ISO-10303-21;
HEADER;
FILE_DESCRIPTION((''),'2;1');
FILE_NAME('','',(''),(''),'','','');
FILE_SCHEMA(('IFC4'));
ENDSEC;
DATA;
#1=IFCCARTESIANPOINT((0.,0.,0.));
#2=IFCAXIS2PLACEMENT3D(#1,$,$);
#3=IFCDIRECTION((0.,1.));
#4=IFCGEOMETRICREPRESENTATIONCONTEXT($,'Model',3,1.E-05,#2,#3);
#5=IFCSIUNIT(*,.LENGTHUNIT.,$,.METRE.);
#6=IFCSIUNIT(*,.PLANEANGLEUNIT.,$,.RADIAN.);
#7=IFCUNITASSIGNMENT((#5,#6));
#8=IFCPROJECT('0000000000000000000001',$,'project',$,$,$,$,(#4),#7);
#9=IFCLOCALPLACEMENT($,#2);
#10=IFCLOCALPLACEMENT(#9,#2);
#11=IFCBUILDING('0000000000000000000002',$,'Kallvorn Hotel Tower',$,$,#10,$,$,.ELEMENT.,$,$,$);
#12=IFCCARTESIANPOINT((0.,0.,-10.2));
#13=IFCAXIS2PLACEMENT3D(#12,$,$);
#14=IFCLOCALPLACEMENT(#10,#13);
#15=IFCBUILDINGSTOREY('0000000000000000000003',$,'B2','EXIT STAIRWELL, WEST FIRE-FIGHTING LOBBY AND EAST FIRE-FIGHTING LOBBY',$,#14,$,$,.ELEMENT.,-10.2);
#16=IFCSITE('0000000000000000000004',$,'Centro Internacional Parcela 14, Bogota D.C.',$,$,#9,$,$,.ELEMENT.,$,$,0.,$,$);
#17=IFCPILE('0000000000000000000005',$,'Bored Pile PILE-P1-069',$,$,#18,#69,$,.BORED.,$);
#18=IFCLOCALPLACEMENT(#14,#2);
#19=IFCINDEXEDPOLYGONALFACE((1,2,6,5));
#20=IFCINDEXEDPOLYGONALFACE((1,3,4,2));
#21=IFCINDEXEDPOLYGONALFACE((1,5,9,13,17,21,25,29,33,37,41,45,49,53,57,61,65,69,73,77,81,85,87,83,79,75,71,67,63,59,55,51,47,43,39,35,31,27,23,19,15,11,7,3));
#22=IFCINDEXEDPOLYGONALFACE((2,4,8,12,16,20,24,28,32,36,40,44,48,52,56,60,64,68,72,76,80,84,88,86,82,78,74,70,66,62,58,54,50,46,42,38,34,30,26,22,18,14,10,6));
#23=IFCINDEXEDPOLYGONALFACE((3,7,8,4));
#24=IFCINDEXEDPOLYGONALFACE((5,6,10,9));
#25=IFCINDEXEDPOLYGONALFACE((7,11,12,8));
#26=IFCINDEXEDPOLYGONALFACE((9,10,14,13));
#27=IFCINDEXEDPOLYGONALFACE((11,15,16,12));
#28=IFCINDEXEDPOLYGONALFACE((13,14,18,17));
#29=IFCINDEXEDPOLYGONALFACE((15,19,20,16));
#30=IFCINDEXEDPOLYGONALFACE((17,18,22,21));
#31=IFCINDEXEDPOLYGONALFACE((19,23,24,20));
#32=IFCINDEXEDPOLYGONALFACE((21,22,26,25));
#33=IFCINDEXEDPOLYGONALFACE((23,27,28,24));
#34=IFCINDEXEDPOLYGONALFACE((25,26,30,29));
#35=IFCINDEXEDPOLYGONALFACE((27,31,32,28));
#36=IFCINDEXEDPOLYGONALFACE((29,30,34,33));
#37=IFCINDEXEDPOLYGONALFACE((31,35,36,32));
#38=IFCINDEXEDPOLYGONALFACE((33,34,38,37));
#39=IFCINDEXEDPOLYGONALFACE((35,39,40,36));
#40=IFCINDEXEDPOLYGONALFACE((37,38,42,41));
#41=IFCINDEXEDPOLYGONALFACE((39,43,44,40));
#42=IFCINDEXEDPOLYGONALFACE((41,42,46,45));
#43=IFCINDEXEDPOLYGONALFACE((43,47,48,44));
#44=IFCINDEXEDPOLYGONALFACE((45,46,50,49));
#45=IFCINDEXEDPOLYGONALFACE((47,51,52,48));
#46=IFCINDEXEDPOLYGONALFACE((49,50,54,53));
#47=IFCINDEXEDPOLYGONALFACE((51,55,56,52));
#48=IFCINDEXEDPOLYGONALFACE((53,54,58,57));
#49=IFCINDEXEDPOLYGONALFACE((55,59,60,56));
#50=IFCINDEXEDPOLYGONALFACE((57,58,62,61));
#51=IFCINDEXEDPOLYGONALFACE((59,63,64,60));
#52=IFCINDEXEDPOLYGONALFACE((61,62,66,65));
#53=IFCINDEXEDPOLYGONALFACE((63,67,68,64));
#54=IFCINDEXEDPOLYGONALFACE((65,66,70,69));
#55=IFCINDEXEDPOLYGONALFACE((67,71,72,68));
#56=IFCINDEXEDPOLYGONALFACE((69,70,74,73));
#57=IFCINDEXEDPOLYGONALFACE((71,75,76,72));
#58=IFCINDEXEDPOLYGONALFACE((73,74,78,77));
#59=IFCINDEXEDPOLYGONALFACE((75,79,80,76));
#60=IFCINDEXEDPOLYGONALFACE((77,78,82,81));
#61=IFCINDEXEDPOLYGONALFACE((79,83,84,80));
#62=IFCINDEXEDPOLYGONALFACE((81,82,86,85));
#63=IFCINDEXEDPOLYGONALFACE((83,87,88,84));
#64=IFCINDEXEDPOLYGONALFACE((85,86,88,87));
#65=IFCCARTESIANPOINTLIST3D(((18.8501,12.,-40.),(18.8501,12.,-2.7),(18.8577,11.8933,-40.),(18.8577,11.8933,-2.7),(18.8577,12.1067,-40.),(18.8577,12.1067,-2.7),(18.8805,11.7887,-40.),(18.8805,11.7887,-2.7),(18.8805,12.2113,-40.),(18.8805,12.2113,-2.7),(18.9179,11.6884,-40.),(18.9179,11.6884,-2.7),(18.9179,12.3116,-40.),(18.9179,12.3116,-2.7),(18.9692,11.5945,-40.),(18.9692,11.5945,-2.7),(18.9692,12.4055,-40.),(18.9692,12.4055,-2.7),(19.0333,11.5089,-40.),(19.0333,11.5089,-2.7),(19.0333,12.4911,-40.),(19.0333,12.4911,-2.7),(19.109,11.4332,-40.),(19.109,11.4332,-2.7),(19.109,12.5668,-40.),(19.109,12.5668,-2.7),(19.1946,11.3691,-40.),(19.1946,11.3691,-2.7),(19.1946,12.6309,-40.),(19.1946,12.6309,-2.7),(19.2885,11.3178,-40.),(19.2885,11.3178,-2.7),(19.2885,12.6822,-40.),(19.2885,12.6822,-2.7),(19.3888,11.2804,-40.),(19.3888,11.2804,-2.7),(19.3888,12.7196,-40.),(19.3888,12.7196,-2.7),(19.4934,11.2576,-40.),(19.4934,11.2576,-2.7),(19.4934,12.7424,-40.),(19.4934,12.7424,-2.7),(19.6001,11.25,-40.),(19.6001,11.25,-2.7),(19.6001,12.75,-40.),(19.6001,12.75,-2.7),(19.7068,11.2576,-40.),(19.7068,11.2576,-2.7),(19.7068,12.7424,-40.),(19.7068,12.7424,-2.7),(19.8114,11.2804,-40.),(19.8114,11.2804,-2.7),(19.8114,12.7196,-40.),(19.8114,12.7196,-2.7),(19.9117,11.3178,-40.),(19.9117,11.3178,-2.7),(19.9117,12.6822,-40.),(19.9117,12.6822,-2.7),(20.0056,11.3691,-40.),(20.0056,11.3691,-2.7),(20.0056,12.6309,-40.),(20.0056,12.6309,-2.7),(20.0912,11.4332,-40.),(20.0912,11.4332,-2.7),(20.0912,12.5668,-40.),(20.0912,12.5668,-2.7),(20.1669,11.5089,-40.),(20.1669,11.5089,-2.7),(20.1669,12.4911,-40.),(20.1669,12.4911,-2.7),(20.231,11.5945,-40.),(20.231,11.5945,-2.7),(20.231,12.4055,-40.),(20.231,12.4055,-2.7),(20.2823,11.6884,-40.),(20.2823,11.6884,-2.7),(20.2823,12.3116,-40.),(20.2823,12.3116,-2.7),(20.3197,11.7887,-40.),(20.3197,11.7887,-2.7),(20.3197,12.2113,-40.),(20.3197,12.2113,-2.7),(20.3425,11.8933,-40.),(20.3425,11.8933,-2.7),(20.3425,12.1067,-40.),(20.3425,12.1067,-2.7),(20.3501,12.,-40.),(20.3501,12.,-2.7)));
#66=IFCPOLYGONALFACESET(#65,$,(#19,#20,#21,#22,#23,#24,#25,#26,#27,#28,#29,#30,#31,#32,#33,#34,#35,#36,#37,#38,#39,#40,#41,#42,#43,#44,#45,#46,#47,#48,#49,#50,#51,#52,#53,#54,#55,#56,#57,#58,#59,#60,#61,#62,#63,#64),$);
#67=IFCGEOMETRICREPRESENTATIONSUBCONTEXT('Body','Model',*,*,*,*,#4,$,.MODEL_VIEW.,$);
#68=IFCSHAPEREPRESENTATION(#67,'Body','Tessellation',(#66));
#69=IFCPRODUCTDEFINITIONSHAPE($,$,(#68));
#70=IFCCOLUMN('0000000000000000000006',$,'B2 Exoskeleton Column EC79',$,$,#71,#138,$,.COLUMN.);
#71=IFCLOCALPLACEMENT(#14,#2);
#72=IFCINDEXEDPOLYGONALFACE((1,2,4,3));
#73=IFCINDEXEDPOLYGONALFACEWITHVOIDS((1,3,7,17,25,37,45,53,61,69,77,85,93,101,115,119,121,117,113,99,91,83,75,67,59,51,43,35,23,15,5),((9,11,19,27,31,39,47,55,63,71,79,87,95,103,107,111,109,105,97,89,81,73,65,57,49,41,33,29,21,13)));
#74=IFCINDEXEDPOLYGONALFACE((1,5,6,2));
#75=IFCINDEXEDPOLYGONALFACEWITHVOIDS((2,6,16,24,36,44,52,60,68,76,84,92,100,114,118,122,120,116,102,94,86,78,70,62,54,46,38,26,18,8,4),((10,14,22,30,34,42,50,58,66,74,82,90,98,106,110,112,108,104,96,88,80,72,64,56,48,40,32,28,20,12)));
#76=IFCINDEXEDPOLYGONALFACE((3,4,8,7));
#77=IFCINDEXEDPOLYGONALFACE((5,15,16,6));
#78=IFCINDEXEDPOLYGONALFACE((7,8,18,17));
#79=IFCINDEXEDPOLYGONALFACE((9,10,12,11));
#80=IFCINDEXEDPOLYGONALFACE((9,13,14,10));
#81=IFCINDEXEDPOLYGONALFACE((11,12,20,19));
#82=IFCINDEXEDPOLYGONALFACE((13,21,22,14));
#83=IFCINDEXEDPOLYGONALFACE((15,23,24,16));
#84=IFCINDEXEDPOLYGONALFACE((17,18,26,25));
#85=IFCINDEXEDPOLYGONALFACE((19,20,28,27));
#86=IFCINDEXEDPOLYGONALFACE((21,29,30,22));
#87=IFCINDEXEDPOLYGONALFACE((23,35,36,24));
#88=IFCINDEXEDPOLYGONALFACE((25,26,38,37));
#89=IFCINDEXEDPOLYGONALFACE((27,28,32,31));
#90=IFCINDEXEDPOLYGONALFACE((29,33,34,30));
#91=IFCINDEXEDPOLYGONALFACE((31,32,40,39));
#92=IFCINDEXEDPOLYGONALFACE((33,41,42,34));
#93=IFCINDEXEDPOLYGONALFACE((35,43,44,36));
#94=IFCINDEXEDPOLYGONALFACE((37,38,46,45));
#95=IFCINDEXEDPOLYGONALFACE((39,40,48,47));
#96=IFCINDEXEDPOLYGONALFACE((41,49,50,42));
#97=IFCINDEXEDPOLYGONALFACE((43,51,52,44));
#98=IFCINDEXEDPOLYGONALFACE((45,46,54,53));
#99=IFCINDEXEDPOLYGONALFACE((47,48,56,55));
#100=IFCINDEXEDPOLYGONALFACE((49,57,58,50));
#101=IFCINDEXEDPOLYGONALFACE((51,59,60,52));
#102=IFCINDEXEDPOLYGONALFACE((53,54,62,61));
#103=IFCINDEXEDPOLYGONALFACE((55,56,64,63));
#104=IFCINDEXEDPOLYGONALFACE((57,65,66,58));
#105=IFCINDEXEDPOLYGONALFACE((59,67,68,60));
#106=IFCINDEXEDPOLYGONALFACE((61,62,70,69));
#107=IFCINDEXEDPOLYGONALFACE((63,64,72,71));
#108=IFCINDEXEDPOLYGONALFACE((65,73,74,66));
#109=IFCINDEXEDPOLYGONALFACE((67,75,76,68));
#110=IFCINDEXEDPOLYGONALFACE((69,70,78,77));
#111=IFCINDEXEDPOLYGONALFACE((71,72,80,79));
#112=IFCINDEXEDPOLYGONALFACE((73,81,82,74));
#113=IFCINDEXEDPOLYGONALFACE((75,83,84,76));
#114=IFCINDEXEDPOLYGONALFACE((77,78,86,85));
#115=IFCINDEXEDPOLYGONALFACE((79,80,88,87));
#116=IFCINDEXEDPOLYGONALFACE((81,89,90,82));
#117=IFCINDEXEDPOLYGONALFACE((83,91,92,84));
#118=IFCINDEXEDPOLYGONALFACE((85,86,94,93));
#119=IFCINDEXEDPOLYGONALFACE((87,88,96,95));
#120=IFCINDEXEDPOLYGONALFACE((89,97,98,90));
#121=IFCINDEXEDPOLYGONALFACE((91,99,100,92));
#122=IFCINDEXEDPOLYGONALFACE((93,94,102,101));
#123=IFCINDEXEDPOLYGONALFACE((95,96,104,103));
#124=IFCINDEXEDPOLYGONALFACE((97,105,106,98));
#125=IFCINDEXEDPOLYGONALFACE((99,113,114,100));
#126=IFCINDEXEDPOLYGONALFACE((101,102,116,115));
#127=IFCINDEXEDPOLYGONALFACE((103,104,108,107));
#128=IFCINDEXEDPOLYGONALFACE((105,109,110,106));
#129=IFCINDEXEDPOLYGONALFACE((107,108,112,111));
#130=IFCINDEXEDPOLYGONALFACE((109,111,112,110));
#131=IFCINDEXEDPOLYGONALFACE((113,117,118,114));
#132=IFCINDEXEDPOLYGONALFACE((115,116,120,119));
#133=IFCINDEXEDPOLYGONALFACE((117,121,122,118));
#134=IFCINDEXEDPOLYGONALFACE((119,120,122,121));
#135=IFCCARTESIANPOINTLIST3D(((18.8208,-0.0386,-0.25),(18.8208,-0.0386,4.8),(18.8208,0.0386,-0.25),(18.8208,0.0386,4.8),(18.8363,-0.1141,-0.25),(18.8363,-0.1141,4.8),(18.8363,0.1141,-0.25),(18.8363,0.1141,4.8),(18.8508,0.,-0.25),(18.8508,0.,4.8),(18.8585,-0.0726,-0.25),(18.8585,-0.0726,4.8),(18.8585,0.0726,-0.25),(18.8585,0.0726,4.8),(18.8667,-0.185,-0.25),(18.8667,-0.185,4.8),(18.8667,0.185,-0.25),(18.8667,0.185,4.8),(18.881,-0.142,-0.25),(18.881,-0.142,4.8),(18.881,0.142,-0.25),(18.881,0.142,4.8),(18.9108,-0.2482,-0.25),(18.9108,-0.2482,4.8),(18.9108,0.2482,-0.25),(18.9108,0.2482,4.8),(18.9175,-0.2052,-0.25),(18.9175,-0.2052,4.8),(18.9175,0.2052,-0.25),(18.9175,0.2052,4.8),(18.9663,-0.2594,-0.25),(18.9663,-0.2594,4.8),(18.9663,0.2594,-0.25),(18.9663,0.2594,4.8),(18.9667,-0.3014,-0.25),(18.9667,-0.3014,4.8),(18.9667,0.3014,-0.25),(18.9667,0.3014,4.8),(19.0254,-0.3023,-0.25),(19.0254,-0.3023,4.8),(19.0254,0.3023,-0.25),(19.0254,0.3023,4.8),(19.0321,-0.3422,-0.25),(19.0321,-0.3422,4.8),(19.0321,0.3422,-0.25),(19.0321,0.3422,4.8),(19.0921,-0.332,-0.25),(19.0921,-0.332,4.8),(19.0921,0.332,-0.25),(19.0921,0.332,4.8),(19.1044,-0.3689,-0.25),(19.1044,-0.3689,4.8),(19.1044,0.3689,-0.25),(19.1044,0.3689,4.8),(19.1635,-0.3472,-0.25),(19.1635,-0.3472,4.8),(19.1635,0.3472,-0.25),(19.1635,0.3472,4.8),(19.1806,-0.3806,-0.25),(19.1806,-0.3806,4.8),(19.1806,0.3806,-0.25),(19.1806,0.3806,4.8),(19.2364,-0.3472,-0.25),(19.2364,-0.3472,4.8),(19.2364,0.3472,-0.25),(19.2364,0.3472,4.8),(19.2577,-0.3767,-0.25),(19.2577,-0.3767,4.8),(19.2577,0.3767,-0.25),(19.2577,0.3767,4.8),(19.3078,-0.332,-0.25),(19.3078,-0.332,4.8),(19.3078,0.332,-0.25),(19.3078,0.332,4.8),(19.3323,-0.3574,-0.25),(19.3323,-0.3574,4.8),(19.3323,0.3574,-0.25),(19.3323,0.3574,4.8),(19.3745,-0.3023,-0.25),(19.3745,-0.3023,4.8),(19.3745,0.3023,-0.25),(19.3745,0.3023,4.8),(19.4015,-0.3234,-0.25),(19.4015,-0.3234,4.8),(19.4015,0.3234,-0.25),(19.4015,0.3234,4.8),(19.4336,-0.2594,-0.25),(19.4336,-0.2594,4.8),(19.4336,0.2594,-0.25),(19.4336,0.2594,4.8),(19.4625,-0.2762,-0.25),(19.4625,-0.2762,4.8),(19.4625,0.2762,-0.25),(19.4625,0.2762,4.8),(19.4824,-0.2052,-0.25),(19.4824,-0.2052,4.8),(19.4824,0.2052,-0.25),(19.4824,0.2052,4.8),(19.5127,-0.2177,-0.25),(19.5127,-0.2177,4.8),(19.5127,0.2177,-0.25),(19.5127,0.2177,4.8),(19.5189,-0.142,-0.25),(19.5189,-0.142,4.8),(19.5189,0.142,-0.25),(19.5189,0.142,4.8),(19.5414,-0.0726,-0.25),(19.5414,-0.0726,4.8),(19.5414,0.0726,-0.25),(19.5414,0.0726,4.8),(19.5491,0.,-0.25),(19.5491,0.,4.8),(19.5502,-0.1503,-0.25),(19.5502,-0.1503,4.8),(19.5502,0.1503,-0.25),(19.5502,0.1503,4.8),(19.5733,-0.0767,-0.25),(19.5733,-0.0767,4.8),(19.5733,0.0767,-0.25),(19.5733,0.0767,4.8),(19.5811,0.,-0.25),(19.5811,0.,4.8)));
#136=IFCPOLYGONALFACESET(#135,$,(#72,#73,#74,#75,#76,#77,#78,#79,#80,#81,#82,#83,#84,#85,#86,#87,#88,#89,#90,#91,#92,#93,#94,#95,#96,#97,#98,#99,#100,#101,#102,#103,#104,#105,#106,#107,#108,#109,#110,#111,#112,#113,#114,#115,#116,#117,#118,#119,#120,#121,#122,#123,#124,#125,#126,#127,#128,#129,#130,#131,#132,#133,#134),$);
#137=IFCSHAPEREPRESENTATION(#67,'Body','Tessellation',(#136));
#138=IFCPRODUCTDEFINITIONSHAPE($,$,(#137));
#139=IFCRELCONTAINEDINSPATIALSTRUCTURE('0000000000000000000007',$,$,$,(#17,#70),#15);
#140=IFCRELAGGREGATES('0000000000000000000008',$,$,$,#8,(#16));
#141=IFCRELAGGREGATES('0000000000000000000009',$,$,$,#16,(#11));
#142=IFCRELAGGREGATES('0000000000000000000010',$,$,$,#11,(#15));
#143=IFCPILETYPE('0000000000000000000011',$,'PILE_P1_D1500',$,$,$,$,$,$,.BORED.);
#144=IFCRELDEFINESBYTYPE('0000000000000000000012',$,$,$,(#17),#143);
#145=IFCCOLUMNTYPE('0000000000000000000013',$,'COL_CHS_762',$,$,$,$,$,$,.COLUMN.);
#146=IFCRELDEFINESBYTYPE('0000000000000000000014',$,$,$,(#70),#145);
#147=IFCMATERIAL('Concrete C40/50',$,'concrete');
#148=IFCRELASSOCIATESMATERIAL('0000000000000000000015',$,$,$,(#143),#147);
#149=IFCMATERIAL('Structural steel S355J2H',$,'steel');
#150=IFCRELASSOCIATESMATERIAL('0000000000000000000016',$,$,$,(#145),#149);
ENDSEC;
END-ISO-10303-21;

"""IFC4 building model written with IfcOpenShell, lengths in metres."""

from ifc_helpers import new_model, si_unit, direction, frame, origin, origin_2d, place, context, subcontext, project, spatial, circle, hollow_circle, extrude, material, material_profile, profile_set, type_object, element, save


model = new_model("IFC4")

# Units and contexts
model_context = context("Model", 3, precision=1e-05, world=origin(), true_north=direction((0.0, 1.0)))
body_context = subcontext(model_context, "Body", "Model", "MODEL_VIEW")
ifc_project = project(units=[si_unit("LENGTHUNIT", "METRE"), si_unit("PLANEANGLEUNIT", "RADIAN")], contexts=[model_context])

# Site, building, storey
site_placement = place(None, origin())
site = spatial("IfcSite", under=ifc_project, at=site_placement, Name="Centro Internacional Parcela 14, Bogota D.C.", CompositionType="ELEMENT", RefElevation=0.0)
building_placement = place(site_placement, origin())
building = spatial("IfcBuilding", under=site, at=building_placement, Name="Kallvorn Hotel Tower", CompositionType="ELEMENT")
storey_placement = place(building_placement, frame((0.0, 0.0, -10.2)))
storey = spatial("IfcBuildingStorey", under=building, at=storey_placement, Name="B2", Description="EXIT STAIRWELL, WEST FIRE-FIGHTING LOBBY AND EAST FIRE-FIGHTING LOBBY", CompositionType="ELEMENT", Elevation=-10.2)

# Pile
ifc_material_1 = material(Name="Concrete C40/50", Category="concrete")
ifc_material_profile_1 = material_profile(ifc_material_1, circle(Radius=0.75, at=origin_2d()), Name="PILE D1500")
ifc_profile_set_1 = profile_set([ifc_material_profile_1], Name="Concrete C40/50")
pile_type = type_object("IfcPileType", Name="PILE_P1_D1500", PredefinedType="BORED", material=ifc_profile_set_1)
for number, where, z_axis, x_axis, name in (
    (1, (19.6001, 12.0, -2.7), (0.0, 0.0, -1.0), (1.0, 0.0, 0.0), "Bored Pile PILE-P1-069"),
):
    element("IfcPile", number, at=place(storey_placement, frame(where, z_axis=z_axis, x_axis=x_axis)), inside=storey, type_object=pile_type, Name=name, PredefinedType="BORED", context=body_context, shape_type="SweptSolid", body=[
        extrude(circle(Radius=0.75, at=origin_2d()), origin(), (0.0, 0.0, 1.0), 37.3),
    ])

# Column
ifc_material_2 = material(Name="Structural steel S355J2H", Category="steel")
ifc_material_profile_2 = material_profile(ifc_material_2, hollow_circle(Radius=0.3811, WallThickness=0.032, at=origin_2d()), Name="CHS 762x32")
ifc_profile_set_2 = profile_set([ifc_material_profile_2], Name="Structural steel S355J2H")
column_type_1 = type_object("IfcColumnType", Name="COL_CHS_762", PredefinedType="COLUMN", material=ifc_profile_set_2)
for number, where, z_axis, x_axis, name in (
    (2, (19.2, 0.0, -0.25), (0.0, 0.0, 1.0), (1.0, 0.0, 0.0), "B2 Exoskeleton Column EC79"),
):
    element("IfcColumn", number, at=place(storey_placement, frame(where, z_axis=z_axis, x_axis=x_axis)), inside=storey, type_object=column_type_1, Name=name, PredefinedType="COLUMN", context=body_context, shape_type="SweptSolid", body=[
        extrude(hollow_circle(Radius=0.3811, WallThickness=0.032, at=origin_2d()), origin(), (0.0, 0.0, 1.0), 5.05),
    ])

save(model, "model.ifc")
